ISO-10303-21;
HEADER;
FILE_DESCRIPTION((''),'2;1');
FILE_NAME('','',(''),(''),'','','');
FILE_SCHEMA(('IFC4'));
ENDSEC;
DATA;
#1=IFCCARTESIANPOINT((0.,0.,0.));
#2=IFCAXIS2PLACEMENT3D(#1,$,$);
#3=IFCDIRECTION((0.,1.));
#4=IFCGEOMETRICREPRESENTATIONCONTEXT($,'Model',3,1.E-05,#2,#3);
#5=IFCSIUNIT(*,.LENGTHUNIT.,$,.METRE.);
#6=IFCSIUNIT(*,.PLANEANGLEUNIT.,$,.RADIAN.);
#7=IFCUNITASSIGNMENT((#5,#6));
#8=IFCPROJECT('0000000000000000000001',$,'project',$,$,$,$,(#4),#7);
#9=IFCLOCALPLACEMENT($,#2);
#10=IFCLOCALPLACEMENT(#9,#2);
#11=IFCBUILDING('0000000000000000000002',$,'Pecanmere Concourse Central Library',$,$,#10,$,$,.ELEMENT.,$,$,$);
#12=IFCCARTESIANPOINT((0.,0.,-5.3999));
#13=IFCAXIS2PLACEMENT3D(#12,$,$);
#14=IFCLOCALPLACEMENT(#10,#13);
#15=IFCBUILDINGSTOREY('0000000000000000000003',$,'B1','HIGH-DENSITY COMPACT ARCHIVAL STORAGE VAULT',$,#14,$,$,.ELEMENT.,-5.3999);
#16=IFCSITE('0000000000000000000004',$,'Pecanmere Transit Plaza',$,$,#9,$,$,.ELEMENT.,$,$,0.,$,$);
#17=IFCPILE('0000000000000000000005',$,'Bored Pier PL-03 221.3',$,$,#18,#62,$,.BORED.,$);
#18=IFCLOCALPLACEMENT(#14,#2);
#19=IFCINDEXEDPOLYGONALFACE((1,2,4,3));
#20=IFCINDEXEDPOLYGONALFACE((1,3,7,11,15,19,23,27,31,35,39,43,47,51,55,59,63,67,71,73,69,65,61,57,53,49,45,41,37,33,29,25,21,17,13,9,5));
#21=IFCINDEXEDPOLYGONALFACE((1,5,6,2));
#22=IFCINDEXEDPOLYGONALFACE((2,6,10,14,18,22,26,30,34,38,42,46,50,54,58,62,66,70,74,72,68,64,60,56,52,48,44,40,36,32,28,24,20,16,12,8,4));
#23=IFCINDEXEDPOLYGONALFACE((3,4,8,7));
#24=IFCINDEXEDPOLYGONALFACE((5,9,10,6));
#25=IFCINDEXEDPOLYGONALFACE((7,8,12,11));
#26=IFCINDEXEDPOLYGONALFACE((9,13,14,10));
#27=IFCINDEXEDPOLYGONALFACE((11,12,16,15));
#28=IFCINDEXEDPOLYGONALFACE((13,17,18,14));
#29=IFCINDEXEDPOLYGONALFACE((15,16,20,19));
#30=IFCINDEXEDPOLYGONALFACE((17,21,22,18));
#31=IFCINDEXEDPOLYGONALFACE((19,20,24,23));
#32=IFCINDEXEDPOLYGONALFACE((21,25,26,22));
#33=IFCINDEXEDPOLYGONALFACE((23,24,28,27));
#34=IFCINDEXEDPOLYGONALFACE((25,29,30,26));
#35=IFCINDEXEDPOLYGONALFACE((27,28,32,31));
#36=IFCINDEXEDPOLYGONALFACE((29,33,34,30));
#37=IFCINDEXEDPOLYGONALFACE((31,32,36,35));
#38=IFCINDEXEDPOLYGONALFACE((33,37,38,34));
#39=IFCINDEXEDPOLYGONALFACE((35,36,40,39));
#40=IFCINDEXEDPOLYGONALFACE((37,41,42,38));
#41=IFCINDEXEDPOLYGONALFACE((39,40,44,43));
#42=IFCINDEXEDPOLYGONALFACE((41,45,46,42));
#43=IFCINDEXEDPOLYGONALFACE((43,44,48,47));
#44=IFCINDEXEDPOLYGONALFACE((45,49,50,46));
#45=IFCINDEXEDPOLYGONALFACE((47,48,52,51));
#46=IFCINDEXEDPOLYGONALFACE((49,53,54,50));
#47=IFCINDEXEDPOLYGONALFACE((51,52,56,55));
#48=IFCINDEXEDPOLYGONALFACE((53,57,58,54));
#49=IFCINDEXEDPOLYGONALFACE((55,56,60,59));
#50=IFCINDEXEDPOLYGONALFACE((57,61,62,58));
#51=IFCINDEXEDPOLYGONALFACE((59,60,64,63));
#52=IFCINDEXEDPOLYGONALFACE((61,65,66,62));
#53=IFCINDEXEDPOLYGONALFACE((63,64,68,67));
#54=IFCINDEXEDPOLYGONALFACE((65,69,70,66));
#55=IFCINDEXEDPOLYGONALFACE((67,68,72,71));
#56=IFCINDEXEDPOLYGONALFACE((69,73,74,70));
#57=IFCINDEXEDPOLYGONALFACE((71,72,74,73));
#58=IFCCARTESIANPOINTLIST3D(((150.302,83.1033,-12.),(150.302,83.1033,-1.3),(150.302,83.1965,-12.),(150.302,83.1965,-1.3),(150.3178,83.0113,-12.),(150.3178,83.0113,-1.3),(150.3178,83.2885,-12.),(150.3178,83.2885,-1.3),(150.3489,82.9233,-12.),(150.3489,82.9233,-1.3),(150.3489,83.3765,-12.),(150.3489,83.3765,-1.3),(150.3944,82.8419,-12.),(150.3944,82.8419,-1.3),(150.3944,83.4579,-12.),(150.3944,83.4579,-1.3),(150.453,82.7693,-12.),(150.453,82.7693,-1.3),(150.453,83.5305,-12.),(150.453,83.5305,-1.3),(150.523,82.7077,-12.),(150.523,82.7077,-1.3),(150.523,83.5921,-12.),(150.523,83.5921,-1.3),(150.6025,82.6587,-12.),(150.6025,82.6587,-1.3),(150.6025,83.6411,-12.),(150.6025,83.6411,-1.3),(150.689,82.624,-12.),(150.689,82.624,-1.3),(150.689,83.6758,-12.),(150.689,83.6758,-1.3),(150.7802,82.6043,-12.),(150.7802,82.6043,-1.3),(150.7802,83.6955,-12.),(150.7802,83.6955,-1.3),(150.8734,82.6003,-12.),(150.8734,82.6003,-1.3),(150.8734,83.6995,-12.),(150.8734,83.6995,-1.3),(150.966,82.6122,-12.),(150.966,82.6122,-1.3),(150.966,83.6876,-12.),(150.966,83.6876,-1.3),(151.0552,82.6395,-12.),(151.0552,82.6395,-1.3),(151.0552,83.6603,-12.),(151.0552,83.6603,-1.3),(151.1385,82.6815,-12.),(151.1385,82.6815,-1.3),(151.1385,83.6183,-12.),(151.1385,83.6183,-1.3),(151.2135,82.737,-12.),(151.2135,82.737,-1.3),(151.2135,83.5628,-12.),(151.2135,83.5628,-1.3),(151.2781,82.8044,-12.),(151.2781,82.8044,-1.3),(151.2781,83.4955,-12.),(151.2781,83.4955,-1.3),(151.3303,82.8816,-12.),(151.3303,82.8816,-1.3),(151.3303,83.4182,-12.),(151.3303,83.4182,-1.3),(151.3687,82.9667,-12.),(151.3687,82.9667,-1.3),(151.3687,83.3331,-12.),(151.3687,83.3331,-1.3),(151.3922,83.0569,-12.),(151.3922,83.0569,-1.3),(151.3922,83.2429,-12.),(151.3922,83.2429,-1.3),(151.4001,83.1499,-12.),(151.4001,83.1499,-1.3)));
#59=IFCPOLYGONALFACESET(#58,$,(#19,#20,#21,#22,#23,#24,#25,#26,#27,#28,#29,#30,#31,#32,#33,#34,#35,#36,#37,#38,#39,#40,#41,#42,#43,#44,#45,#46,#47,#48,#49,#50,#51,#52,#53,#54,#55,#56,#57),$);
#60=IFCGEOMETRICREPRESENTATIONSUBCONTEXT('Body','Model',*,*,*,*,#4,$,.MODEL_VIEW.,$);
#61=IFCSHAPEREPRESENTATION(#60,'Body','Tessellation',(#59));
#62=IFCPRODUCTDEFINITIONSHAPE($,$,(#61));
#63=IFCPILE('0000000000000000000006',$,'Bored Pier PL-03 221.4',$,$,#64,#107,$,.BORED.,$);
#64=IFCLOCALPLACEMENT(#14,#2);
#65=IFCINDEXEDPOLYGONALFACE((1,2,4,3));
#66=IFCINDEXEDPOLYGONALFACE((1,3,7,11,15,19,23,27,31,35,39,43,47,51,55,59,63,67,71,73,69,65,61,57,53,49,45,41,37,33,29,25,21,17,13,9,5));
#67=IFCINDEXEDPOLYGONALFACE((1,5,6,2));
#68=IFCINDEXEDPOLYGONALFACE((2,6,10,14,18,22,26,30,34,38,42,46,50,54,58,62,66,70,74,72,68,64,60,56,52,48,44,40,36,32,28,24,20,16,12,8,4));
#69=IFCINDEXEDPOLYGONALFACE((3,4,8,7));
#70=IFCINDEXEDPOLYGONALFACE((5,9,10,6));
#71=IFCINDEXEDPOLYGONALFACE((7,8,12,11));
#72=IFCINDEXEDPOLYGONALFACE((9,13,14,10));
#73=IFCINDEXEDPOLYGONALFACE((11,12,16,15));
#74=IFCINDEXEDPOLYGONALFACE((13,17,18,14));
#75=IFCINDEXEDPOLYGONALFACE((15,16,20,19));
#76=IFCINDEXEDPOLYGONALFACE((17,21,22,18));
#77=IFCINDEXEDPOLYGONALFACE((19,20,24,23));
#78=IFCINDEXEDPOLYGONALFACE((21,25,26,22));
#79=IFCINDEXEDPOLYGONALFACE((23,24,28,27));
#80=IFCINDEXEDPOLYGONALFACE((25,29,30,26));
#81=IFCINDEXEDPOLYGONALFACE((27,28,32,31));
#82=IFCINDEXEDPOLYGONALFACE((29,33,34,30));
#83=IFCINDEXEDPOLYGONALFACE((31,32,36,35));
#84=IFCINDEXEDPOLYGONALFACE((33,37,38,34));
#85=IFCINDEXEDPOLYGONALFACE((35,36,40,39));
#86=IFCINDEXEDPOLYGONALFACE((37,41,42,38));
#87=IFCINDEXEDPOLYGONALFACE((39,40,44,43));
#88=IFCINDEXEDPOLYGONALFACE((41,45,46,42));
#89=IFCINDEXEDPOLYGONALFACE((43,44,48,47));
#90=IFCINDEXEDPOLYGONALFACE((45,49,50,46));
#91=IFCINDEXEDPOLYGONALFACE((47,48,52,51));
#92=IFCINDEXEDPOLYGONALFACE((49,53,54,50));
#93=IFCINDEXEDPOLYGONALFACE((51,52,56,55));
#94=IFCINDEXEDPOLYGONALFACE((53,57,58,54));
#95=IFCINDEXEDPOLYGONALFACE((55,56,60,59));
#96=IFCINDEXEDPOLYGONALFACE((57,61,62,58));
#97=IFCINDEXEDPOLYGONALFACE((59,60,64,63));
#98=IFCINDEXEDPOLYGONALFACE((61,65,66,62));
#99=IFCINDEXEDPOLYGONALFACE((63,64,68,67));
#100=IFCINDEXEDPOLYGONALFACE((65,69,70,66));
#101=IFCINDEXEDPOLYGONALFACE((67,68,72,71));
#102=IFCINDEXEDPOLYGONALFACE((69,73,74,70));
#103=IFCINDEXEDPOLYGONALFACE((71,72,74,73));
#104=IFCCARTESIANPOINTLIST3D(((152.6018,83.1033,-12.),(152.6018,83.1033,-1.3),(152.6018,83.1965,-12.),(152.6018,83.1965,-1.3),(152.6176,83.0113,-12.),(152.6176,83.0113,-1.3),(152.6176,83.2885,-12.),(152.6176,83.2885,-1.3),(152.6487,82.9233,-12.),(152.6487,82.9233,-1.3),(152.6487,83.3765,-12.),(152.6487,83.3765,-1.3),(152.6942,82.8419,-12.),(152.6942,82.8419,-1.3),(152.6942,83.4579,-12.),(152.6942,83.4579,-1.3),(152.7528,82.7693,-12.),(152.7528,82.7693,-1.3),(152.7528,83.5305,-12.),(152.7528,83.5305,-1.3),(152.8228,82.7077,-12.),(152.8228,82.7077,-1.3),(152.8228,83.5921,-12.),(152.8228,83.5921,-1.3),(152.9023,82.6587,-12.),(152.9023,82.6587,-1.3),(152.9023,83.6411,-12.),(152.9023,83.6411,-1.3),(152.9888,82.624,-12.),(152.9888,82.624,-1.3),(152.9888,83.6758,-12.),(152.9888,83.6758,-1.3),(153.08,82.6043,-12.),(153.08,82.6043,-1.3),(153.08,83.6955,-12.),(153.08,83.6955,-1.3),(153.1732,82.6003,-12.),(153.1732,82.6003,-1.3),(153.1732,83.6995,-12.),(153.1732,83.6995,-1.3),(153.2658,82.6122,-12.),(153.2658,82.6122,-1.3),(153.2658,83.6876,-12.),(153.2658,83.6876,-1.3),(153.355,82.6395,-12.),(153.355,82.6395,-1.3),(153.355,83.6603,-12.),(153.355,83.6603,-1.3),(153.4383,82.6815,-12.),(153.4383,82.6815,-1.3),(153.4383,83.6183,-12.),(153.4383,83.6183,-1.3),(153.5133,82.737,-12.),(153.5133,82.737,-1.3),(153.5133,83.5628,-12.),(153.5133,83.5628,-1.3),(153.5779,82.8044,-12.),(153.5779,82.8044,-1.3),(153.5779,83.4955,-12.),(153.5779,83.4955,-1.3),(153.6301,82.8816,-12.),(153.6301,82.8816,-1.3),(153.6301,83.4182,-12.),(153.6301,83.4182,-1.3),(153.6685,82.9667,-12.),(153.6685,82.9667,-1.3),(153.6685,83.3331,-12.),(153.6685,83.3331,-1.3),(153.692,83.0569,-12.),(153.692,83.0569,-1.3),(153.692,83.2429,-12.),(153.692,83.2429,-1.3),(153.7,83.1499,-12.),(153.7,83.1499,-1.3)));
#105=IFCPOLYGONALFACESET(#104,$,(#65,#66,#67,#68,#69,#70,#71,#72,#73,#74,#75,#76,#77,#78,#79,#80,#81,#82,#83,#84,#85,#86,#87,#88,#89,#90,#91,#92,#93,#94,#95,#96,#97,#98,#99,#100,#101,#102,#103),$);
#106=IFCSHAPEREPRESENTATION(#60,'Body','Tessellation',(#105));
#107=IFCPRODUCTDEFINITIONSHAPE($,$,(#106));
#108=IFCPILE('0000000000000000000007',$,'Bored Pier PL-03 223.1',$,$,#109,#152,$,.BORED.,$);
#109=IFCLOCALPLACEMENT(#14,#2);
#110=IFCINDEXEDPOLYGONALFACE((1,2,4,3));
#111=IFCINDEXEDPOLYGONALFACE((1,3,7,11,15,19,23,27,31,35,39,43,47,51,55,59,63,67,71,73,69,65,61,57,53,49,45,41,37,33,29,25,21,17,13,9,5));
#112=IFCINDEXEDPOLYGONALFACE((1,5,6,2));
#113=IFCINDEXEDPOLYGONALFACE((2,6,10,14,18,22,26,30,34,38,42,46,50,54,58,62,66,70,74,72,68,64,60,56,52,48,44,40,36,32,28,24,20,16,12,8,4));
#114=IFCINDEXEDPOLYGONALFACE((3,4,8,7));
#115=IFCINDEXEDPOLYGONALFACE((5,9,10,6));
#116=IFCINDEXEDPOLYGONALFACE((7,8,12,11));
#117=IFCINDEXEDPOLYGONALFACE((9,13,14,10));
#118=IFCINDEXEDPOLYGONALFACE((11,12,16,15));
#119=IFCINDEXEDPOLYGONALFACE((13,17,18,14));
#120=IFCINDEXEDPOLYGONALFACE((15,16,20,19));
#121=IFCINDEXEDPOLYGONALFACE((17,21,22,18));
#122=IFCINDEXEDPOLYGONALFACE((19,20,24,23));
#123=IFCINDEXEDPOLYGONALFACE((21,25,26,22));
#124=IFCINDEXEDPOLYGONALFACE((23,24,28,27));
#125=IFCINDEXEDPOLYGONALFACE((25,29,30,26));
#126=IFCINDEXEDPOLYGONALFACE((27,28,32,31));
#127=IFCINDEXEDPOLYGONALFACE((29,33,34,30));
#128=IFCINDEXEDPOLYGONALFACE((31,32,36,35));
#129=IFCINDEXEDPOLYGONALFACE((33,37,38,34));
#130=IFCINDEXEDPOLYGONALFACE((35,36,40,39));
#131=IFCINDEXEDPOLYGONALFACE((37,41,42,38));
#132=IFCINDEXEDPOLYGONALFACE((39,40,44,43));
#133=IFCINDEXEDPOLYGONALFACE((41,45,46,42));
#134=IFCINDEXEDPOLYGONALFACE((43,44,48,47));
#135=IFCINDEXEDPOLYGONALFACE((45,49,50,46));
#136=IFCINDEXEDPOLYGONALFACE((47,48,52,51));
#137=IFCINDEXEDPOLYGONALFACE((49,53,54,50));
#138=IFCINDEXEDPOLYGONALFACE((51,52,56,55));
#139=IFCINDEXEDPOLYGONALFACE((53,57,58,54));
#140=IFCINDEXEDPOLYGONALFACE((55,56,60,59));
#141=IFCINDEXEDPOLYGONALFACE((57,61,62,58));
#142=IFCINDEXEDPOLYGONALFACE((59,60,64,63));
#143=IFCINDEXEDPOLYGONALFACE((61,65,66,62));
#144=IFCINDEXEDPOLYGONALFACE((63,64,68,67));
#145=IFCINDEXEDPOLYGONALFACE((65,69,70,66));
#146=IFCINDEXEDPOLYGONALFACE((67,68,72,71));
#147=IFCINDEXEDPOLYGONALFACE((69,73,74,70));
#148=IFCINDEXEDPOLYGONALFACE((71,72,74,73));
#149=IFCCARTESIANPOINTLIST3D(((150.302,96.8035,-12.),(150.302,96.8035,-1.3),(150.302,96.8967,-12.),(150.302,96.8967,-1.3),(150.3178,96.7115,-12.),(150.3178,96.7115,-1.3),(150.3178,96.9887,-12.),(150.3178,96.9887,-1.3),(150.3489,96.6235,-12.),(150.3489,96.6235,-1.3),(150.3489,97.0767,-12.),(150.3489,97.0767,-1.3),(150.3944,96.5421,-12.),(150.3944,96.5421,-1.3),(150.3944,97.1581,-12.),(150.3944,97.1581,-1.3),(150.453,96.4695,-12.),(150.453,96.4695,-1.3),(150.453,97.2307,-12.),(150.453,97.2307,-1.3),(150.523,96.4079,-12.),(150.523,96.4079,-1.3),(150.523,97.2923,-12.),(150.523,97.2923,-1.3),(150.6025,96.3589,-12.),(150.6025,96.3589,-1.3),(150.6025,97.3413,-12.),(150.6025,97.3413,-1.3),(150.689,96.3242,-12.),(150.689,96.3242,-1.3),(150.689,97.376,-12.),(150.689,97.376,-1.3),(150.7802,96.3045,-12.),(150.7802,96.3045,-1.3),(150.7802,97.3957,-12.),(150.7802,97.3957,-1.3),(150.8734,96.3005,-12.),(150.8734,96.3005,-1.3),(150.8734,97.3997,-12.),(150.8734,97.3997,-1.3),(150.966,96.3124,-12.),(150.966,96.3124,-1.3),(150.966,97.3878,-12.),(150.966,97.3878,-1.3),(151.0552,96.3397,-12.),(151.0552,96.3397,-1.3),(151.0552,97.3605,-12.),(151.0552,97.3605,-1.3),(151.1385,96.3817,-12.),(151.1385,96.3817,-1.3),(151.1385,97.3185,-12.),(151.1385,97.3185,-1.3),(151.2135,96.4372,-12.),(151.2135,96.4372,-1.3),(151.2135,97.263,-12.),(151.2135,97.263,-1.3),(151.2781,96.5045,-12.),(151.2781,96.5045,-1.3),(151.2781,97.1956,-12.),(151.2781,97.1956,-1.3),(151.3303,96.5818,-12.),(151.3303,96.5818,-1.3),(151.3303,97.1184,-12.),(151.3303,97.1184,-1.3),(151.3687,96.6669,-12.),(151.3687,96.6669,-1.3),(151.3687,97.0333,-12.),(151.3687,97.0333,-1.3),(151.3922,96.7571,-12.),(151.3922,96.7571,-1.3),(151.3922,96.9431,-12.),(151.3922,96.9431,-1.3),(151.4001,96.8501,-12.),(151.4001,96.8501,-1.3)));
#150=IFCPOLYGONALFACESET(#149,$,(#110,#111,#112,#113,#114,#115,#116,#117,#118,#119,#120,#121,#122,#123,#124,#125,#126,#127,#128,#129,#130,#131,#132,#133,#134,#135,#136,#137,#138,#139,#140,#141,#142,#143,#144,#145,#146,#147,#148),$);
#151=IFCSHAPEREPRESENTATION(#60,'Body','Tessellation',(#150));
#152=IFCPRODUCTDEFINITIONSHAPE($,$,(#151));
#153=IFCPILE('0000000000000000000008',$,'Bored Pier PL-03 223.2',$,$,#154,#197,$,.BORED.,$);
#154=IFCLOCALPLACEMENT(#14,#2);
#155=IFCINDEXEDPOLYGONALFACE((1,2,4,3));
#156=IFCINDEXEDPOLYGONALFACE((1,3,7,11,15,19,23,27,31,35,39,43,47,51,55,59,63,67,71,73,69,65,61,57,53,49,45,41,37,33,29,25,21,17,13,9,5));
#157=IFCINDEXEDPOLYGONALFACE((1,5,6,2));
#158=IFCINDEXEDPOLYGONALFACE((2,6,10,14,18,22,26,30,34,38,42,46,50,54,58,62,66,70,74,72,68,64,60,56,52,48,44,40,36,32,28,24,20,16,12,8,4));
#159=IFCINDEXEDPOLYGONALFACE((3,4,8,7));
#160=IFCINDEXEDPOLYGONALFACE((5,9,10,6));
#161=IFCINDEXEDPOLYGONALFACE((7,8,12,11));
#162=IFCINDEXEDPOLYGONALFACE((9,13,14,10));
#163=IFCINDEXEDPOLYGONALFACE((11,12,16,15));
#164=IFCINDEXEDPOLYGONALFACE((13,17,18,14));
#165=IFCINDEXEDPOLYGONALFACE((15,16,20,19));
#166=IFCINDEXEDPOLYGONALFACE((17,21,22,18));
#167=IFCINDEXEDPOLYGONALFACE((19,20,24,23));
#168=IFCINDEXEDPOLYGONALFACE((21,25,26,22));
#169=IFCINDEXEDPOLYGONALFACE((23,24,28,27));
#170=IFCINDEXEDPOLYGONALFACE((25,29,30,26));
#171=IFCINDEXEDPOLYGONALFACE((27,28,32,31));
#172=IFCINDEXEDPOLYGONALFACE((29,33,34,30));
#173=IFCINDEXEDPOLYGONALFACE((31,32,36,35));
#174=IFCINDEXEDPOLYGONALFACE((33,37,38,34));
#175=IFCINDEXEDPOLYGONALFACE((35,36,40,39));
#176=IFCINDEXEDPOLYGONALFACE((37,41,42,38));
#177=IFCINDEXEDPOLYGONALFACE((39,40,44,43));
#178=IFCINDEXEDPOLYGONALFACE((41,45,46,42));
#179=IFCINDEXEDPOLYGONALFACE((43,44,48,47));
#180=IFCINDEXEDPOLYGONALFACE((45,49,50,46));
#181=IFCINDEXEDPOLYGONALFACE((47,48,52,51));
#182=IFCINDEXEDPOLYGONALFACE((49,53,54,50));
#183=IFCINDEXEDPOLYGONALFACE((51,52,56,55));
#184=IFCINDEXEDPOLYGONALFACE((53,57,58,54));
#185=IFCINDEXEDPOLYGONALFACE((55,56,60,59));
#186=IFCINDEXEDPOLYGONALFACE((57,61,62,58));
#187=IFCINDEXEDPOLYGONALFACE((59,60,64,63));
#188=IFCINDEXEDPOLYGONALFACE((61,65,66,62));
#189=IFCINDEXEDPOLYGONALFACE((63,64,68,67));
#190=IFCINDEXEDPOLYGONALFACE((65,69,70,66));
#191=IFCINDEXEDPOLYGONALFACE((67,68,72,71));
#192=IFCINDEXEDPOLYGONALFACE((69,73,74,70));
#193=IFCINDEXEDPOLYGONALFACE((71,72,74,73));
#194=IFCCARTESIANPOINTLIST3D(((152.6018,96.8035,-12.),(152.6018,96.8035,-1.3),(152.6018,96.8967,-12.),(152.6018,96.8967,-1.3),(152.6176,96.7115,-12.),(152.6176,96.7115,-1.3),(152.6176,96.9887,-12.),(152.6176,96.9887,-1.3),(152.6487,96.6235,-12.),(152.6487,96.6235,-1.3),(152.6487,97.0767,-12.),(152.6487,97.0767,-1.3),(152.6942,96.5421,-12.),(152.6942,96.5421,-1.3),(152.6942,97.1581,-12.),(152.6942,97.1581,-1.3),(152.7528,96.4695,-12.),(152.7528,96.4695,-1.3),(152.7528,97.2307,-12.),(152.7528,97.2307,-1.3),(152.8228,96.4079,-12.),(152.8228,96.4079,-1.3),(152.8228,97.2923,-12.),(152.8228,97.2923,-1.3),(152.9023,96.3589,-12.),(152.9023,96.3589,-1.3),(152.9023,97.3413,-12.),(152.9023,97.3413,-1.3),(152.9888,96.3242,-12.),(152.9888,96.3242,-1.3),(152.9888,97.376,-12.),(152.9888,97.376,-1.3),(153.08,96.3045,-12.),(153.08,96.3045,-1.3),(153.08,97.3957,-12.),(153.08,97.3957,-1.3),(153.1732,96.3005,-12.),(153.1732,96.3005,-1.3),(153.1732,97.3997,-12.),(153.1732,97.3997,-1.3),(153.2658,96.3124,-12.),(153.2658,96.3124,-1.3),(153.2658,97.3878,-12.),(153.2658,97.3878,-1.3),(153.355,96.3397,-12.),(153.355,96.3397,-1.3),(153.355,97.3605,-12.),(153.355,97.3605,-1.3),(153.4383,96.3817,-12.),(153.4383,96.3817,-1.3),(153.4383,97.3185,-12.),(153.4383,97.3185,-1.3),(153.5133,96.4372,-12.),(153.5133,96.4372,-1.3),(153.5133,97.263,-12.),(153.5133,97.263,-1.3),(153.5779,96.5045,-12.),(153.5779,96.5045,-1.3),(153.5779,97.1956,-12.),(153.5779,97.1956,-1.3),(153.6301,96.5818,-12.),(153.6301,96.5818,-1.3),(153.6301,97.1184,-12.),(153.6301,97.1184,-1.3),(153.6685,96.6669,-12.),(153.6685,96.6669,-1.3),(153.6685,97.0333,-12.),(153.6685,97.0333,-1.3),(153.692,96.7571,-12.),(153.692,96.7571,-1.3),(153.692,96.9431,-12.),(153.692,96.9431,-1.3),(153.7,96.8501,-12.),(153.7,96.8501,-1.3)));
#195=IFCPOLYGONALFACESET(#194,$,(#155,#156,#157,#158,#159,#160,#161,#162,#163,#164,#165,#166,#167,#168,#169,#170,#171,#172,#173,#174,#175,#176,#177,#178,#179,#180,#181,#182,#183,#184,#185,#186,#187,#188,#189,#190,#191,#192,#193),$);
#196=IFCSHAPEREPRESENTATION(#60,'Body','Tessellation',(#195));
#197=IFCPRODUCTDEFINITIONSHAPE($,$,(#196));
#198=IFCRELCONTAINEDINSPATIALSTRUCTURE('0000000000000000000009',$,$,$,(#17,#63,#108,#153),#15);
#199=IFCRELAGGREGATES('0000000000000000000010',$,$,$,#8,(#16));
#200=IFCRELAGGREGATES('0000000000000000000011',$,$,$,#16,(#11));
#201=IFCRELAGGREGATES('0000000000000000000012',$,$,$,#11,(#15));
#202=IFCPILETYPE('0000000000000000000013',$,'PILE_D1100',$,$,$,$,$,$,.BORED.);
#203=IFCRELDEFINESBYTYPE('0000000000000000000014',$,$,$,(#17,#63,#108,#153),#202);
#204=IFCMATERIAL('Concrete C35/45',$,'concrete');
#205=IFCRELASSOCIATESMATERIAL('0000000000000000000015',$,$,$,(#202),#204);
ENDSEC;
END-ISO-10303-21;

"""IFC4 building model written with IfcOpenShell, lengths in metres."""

from ifc_helpers import new_model, si_unit, direction, frame, origin, origin_2d, place, context, subcontext, project, spatial, circle, extrude, material, material_profile, profile_set, type_object, element, save


model = new_model("IFC4")

# Units and contexts
model_context = context("Model", 3, precision=1e-05, world=origin(), true_north=direction((0.0, 1.0)))
body_context = subcontext(model_context, "Body", "Model", "MODEL_VIEW")
ifc_project = project(units=[si_unit("LENGTHUNIT", "METRE"), si_unit("PLANEANGLEUNIT", "RADIAN")], contexts=[model_context])

# Site, building, storey
site_placement = place(None, origin())
site = spatial("IfcSite", under=ifc_project, at=site_placement, Name="Pecanmere Transit Plaza", CompositionType="ELEMENT", RefElevation=0.0)
building_placement = place(site_placement, origin())
building = spatial("IfcBuilding", under=site, at=building_placement, Name="Pecanmere Concourse Central Library", CompositionType="ELEMENT")
storey_placement = place(building_placement, frame((0.0, 0.0, -5.3999)))
storey = spatial("IfcBuildingStorey", under=building, at=storey_placement, Name="B1", Description="HIGH-DENSITY COMPACT ARCHIVAL STORAGE VAULT", CompositionType="ELEMENT", Elevation=-5.3999)

# Piles
ifc_material_1 = material(Name="Concrete C35/45", Category="concrete")
ifc_material_profile_1 = material_profile(ifc_material_1, circle(Radius=0.55, at=origin_2d()), Name="PIER D1100")
ifc_profile_set_1 = profile_set([ifc_material_profile_1], Name="Concrete C35/45")
pile_type_1 = type_object("IfcPileType", Name="PILE_D1100", PredefinedType="BORED", material=ifc_profile_set_1)
for number, where, z_axis, x_axis, name in (
    (1, (150.8501, 83.1499, -1.3), (0.0, 0.0, -1.0), (1.0, 0.0, 0.0), "Bored Pier PL-03 221.3"),
    (2, (153.1499, 83.1499, -1.3), (0.0, 0.0, -1.0), (1.0, 0.0, 0.0), "Bored Pier PL-03 221.4"),
    (3, (150.8501, 96.8501, -1.3), (0.0, 0.0, -1.0), (1.0, 0.0, 0.0), "Bored Pier PL-03 223.1"),
    (4, (153.1499, 96.8501, -1.3), (0.0, 0.0, -1.0), (1.0, 0.0, 0.0), "Bored Pier PL-03 223.2"),
):
    element("IfcPile", number, at=place(storey_placement, frame(where, z_axis=z_axis, x_axis=x_axis)), inside=storey, type_object=pile_type_1, Name=name, PredefinedType="BORED", context=body_context, shape_type="SweptSolid", body=[
        extrude(circle(Radius=0.55, at=origin_2d()), origin(), (0.0, 0.0, 1.0), 10.7),
    ])

save(model, "model.ifc")
